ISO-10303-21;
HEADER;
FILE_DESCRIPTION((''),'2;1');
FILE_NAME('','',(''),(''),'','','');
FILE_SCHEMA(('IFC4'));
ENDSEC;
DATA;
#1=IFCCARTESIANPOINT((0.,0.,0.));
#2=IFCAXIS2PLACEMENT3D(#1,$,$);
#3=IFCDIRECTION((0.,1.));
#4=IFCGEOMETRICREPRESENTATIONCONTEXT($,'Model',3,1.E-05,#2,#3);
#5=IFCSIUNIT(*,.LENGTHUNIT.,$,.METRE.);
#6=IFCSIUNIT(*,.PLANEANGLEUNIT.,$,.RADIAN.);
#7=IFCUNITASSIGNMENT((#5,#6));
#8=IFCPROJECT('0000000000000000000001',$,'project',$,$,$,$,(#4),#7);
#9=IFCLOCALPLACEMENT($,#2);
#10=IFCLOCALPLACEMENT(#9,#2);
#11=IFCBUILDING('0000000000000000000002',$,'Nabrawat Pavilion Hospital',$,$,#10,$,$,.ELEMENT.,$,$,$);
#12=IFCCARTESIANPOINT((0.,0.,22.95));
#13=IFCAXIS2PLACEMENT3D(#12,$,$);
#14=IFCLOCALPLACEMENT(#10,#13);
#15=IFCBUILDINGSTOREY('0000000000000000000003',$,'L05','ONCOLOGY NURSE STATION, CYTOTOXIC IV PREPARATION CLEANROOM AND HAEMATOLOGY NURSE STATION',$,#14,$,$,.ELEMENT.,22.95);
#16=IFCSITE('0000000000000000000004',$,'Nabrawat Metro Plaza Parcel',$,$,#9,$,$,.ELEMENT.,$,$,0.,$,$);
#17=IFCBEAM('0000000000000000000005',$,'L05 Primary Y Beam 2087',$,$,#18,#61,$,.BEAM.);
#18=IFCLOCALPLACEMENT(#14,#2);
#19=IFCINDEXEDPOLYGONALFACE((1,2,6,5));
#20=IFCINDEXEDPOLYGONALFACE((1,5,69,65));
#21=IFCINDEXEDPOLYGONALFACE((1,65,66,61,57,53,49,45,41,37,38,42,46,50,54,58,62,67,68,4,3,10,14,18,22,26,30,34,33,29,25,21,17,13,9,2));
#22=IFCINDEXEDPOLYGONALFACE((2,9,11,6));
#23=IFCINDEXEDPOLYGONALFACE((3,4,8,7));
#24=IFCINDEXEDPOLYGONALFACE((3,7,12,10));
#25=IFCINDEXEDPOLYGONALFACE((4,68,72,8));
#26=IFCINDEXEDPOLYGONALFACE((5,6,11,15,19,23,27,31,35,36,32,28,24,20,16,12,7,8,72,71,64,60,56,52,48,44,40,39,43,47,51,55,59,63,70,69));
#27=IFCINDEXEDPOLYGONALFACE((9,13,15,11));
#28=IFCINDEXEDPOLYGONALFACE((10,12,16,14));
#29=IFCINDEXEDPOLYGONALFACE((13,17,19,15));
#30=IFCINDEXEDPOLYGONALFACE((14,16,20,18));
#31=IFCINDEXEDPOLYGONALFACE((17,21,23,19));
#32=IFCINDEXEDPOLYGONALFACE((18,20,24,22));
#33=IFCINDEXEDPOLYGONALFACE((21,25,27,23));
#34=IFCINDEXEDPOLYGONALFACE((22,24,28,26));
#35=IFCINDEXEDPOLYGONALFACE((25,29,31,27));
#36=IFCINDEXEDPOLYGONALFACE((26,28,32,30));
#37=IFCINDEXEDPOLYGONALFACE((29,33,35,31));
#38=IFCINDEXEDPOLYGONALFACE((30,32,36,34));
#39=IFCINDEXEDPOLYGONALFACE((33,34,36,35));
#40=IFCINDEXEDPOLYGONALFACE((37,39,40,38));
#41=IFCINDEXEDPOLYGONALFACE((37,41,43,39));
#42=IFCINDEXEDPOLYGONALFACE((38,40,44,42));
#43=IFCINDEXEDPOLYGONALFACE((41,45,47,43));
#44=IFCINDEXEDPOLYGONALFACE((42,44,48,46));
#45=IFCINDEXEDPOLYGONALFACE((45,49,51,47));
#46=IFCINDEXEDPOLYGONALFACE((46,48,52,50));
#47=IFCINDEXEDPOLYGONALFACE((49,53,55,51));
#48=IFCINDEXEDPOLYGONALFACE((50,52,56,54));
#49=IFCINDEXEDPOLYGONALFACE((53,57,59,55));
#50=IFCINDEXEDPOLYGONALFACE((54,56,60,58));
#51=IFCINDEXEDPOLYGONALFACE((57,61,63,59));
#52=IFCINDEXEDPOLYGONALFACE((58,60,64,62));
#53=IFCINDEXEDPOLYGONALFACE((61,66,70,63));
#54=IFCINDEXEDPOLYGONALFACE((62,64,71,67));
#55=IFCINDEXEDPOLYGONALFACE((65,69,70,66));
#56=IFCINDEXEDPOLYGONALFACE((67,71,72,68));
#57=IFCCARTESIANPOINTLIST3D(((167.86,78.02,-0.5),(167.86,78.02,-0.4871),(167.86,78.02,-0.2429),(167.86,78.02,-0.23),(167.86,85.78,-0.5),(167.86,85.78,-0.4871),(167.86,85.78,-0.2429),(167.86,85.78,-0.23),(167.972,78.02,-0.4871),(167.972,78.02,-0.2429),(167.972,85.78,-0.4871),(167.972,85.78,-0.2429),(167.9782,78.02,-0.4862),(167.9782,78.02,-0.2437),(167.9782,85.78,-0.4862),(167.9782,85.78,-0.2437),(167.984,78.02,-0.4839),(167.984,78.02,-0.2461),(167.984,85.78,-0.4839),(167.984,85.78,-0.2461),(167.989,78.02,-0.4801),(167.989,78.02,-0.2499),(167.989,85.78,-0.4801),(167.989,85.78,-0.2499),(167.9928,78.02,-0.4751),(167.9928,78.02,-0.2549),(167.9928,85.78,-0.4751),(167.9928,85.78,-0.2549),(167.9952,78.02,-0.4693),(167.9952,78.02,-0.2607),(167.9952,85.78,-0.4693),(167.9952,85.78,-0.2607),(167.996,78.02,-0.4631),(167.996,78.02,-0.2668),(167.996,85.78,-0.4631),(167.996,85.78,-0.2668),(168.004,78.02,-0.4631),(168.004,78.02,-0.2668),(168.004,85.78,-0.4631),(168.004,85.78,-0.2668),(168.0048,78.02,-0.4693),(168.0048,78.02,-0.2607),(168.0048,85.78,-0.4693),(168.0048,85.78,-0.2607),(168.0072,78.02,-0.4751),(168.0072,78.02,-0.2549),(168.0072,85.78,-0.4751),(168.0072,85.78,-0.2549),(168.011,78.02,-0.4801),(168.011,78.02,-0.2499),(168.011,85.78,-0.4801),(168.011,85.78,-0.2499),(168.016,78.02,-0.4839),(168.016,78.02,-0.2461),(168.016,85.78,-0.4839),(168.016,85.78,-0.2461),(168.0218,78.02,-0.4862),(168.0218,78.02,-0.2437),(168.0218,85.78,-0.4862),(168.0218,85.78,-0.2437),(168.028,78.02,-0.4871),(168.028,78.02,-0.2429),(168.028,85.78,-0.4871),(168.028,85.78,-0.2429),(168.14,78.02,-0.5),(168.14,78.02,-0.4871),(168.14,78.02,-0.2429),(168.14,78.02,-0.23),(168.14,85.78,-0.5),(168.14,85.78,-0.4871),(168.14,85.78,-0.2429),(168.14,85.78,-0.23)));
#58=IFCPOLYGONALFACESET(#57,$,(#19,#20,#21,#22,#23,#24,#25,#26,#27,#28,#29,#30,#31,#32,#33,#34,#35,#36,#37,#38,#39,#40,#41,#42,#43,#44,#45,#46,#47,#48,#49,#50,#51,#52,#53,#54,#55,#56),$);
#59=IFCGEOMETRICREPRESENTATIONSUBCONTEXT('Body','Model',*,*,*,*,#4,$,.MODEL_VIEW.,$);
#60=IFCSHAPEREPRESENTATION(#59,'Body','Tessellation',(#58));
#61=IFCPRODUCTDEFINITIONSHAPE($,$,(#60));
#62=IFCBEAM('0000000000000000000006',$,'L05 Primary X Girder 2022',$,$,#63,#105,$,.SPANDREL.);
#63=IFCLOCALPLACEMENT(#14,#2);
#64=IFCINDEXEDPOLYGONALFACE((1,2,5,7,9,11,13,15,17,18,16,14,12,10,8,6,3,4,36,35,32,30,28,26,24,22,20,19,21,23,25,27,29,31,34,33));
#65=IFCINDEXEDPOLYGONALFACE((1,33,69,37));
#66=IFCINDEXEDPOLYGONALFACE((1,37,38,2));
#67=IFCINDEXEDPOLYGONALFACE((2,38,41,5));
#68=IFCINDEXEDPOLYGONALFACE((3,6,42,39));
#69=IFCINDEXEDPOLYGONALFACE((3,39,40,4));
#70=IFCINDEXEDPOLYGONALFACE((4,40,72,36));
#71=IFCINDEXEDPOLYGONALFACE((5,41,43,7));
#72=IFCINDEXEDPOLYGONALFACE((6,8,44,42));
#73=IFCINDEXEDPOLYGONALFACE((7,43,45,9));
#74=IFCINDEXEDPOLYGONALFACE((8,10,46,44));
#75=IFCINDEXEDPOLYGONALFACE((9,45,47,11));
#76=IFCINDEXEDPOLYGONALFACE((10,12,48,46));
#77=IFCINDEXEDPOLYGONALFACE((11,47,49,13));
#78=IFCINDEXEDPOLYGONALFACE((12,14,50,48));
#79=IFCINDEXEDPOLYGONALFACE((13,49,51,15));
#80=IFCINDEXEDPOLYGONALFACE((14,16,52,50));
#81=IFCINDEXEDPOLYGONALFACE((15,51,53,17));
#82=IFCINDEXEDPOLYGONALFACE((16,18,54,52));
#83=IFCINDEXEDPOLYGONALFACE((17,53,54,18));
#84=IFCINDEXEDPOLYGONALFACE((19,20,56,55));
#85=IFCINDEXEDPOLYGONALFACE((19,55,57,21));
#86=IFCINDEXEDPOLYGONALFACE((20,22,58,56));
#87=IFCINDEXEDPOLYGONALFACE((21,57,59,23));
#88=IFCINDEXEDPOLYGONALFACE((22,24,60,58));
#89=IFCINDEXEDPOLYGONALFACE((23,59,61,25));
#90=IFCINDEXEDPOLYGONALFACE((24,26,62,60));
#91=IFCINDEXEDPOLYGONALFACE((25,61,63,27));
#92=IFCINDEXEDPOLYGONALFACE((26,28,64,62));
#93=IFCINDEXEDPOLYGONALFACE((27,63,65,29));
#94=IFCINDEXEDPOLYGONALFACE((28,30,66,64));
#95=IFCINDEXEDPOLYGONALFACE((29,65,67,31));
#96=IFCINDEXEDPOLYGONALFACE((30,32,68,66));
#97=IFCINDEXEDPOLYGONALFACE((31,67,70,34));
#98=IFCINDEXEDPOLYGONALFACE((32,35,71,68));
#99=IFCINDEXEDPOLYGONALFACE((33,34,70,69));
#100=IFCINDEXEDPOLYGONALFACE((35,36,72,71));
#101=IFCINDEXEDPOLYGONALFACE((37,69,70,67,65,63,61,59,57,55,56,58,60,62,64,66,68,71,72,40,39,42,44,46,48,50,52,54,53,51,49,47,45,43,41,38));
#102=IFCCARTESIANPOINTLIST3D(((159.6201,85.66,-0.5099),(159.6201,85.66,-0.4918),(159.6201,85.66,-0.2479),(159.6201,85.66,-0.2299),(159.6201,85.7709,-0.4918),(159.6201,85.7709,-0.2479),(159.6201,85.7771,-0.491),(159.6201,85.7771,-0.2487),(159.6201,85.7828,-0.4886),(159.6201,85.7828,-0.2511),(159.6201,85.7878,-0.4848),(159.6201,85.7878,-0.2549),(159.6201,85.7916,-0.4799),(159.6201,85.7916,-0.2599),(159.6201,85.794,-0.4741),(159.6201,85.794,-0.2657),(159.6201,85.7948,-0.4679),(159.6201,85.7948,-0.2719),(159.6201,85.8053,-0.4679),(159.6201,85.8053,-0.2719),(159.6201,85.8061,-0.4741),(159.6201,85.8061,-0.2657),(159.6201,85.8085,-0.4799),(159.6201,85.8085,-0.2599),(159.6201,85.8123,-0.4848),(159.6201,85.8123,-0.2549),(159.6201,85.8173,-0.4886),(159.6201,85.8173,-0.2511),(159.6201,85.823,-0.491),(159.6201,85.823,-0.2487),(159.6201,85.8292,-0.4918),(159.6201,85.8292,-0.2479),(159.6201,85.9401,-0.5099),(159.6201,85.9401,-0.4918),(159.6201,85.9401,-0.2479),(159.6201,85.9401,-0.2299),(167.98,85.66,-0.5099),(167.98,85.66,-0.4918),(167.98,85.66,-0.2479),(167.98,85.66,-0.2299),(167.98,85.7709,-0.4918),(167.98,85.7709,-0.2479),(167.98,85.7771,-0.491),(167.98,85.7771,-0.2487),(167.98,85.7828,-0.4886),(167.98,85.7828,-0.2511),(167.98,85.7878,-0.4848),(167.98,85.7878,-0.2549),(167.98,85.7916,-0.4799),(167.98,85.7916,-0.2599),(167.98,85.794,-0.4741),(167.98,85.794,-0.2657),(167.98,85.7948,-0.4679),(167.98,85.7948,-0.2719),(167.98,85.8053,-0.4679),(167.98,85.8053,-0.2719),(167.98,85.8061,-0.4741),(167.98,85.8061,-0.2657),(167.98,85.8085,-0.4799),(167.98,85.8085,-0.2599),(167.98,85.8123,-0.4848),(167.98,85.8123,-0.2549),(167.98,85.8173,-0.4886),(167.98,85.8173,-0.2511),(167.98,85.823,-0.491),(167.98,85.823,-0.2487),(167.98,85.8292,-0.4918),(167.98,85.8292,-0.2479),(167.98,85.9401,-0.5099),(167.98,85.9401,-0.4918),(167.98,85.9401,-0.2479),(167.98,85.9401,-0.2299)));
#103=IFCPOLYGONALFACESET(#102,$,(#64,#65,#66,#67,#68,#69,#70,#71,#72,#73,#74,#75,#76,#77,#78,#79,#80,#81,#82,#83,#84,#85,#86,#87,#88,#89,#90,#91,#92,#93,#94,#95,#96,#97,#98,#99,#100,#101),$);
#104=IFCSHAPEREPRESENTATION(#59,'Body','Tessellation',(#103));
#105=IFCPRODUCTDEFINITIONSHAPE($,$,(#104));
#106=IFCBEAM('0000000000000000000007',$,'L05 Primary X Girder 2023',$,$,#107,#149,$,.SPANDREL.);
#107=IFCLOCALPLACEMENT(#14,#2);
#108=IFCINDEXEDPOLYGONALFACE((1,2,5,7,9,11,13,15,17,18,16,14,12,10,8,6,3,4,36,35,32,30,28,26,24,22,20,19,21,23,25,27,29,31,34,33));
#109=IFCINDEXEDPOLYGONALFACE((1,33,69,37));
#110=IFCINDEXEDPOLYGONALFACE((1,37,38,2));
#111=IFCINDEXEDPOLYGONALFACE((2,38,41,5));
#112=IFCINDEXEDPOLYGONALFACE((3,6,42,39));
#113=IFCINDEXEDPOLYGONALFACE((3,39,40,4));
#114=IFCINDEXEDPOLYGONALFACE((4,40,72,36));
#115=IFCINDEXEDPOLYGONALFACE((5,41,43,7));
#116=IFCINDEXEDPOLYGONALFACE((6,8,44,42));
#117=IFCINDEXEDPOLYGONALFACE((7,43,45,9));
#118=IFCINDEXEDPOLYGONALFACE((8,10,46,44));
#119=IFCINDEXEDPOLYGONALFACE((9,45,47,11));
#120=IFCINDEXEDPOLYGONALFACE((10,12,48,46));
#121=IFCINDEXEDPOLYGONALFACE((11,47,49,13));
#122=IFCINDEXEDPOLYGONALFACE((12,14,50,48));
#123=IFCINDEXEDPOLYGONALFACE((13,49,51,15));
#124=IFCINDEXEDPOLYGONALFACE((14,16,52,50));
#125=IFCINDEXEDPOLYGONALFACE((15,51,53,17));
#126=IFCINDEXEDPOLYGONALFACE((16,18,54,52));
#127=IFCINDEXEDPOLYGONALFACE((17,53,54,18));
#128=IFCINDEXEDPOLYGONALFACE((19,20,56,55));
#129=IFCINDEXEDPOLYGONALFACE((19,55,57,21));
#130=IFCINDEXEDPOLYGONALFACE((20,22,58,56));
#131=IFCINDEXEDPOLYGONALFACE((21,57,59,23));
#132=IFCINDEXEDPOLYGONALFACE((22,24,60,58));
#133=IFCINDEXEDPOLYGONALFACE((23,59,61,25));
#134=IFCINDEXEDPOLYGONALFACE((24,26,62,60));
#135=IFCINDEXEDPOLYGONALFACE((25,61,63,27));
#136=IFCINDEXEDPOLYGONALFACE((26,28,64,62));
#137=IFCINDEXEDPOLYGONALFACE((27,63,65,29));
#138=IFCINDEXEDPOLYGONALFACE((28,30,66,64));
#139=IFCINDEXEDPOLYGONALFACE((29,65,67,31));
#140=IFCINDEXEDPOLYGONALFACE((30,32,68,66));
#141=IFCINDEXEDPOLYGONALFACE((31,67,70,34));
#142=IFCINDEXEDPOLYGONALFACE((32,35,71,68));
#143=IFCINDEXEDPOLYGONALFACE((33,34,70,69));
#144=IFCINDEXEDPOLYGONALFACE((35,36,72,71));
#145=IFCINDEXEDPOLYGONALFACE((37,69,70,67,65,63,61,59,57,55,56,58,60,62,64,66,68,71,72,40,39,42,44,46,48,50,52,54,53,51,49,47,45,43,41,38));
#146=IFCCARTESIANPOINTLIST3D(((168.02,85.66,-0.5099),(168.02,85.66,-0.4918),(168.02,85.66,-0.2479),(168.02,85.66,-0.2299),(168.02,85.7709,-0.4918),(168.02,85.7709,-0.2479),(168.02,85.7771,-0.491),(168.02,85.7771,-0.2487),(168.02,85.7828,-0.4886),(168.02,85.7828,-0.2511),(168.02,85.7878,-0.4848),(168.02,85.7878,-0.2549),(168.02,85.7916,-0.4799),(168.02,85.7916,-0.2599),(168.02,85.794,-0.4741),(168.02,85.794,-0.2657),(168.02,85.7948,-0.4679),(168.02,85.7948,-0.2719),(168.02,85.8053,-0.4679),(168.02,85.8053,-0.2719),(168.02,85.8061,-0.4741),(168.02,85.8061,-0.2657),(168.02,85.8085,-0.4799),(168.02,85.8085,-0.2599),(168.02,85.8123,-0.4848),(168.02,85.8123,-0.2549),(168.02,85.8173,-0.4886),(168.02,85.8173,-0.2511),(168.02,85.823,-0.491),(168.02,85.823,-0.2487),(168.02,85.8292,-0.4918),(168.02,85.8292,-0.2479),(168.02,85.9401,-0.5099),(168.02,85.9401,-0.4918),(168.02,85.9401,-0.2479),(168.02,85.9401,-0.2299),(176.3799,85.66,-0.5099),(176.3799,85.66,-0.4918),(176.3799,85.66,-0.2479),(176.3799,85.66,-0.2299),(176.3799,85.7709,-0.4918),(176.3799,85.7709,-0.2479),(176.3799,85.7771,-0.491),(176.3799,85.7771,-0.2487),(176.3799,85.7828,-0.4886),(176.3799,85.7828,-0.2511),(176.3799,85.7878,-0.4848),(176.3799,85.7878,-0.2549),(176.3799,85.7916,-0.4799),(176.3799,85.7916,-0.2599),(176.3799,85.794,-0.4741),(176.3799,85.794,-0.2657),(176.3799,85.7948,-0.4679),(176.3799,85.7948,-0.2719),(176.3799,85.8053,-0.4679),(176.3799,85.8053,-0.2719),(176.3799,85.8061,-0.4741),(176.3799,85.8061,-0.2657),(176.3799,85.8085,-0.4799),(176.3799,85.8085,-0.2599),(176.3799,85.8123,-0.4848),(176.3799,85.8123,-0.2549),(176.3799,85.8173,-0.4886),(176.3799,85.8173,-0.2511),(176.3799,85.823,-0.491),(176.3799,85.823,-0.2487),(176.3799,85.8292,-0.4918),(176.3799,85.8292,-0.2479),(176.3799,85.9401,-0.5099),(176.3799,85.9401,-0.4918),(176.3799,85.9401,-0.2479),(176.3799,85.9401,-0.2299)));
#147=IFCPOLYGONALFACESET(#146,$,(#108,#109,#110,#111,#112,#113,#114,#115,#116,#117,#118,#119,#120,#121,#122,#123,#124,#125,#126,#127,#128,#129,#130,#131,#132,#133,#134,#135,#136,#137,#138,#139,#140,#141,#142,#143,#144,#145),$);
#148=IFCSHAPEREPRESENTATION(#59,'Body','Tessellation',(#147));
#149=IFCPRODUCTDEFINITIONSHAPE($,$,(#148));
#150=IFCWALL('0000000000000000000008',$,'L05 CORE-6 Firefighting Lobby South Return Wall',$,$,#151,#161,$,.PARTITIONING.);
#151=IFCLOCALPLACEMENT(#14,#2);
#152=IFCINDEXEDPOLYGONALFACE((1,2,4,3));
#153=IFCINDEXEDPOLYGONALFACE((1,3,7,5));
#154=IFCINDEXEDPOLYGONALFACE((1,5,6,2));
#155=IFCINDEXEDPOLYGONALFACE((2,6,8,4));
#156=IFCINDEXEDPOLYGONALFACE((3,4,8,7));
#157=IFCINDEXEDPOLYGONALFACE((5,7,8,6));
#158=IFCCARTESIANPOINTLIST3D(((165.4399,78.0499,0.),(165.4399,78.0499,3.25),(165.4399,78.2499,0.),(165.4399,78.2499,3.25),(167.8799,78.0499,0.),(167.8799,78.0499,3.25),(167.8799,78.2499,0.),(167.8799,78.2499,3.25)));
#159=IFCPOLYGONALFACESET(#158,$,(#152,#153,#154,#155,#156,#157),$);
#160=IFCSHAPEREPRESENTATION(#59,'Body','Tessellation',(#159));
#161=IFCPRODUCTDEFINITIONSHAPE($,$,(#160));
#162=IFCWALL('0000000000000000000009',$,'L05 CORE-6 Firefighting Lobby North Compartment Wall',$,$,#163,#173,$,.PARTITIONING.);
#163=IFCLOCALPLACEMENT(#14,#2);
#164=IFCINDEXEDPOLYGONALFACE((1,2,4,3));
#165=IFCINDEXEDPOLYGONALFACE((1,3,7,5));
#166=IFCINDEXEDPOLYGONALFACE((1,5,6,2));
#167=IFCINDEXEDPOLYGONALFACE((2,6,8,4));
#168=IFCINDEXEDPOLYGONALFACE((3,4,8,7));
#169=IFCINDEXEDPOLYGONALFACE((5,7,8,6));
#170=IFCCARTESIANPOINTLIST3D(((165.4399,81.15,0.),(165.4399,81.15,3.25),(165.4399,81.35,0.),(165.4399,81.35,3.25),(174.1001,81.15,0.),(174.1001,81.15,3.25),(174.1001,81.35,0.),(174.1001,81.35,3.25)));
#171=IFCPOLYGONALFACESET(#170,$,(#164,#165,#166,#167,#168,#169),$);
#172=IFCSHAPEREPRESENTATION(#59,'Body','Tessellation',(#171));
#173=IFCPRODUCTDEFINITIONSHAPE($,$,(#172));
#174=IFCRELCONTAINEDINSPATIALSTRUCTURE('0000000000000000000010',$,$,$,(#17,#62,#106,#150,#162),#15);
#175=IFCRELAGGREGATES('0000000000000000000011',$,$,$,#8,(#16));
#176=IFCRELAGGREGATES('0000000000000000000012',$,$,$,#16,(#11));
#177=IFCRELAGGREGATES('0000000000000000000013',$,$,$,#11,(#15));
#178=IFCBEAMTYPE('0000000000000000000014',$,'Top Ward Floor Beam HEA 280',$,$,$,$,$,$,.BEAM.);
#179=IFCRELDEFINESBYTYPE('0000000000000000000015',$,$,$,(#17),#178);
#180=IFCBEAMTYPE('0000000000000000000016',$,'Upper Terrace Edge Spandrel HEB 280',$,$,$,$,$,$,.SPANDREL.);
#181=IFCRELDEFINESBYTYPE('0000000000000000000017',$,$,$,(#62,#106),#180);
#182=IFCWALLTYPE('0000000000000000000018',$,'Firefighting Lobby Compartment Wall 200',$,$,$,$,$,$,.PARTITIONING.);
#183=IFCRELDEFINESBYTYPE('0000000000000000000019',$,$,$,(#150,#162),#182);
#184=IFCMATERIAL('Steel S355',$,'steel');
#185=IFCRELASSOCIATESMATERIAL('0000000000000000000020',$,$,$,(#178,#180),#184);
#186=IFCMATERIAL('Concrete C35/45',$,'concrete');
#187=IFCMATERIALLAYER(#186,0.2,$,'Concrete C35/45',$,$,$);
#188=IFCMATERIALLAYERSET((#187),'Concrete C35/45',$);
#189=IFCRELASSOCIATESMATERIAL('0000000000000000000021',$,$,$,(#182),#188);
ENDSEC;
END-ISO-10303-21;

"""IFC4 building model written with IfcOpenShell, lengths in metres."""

from ifc_helpers import new_model, si_unit, direction, frame, frame_2d, origin, origin_2d, place, context, subcontext, project, spatial, rectangle, i_section, extrude, material, layer, layer_set, material_profile, profile_set, type_object, element, save


model = new_model("IFC4")

# Units and contexts
model_context = context("Model", 3, precision=1e-05, world=origin(), true_north=direction((0.0, 1.0)))
body_context = subcontext(model_context, "Body", "Model", "MODEL_VIEW")
ifc_project = project(units=[si_unit("LENGTHUNIT", "METRE"), si_unit("PLANEANGLEUNIT", "RADIAN")], contexts=[model_context])

# Site, building, storey
site_placement = place(None, origin())
site = spatial("IfcSite", under=ifc_project, at=site_placement, Name="Nabrawat Metro Plaza Parcel", CompositionType="ELEMENT", RefElevation=0.0)
building_placement = place(site_placement, origin())
building = spatial("IfcBuilding", under=site, at=building_placement, Name="Nabrawat Pavilion Hospital", CompositionType="ELEMENT")
storey_placement = place(building_placement, frame((0.0, 0.0, 22.95)))
storey = spatial("IfcBuildingStorey", under=building, at=storey_placement, Name="L05", Description="ONCOLOGY NURSE STATION, CYTOTOXIC IV PREPARATION CLEANROOM AND HAEMATOLOGY NURSE STATION", CompositionType="ELEMENT", Elevation=22.95)

# Shared definitions
ifc_material_1 = material(Name="Steel S355", Category="steel")

# Beams
ifc_material_profile_1 = material_profile(ifc_material_1, i_section(OverallWidth=0.28, OverallDepth=0.27, WebThickness=0.0081, FlangeThickness=0.0129, FilletRadius=0.0239, at=origin_2d()), Name="HEA 280")
ifc_profile_set_1 = profile_set([ifc_material_profile_1], Name="Steel S355")
beam_type_1 = type_object("IfcBeamType", Name="Top Ward Floor Beam HEA 280", PredefinedType="BEAM", material=ifc_profile_set_1)
beam_placement = place(storey_placement, frame((168.0, 78.02, -0.365), z_axis=(0.0, 1.0, 0.0), x_axis=(-1.0, 0.0, 0.0)))
element("IfcBeam", 1, at=beam_placement, inside=storey, type_object=beam_type_1, Name="L05 Primary Y Beam 2087", PredefinedType="BEAM", context=body_context, shape_type="SweptSolid", body=[
    extrude(i_section(OverallWidth=0.28, OverallDepth=0.27, WebThickness=0.0081, FlangeThickness=0.0129, FilletRadius=0.0239, at=origin_2d()), origin(), (0.0, 0.0, 1.0), 7.76),
])
ifc_material_profile_2 = material_profile(ifc_material_1, i_section(OverallWidth=0.28, OverallDepth=0.28, WebThickness=0.0105, FlangeThickness=0.0181, FilletRadius=0.0239, at=origin_2d()), Name="HEB 280")
ifc_profile_set_2 = profile_set([ifc_material_profile_2], Name="Steel S355")
beam_type_2 = type_object("IfcBeamType", Name="Upper Terrace Edge Spandrel HEB 280", PredefinedType="SPANDREL", material=ifc_profile_set_2)
for number, where, z_axis, x_axis, name in (
    (2, (159.6201, 85.8, -0.3699), (1.0, 0.0, 0.0), (0.0, 1.0, 0.0), "L05 Primary X Girder 2022"),
    (3, (168.02, 85.8, -0.3699), (1.0, 0.0, 0.0), (0.0, 1.0, 0.0), "L05 Primary X Girder 2023"),
):
    element("IfcBeam", number, at=place(storey_placement, frame(where, z_axis=z_axis, x_axis=x_axis)), inside=storey, type_object=beam_type_2, Name=name, PredefinedType="SPANDREL", context=body_context, shape_type="SweptSolid", body=[
        extrude(i_section(OverallWidth=0.28, OverallDepth=0.28, WebThickness=0.0105, FlangeThickness=0.0181, FilletRadius=0.0239, at=origin_2d()), origin(), (0.0, 0.0, 1.0), 8.3599),
    ])

# Walls
ifc_material_2 = material(Name="Concrete C35/45", Category="concrete")
ifc_layer_1 = layer(ifc_material_2, 0.2, Name="Concrete C35/45")
ifc_layer_set_1 = layer_set([ifc_layer_1], Name="Concrete C35/45")
wall_type_1 = type_object("IfcWallType", Name="Firefighting Lobby Compartment Wall 200", PredefinedType="PARTITIONING", material=ifc_layer_set_1)
wall_1_placement = place(storey_placement, frame((165.4399, 78.1499, 0.0), z_axis=(0.0, 0.0, 1.0), x_axis=(1.0, 0.0, 0.0)))
element("IfcWall", 4, at=wall_1_placement, inside=storey, type_object=wall_type_1, Name="L05 CORE-6 Firefighting Lobby South Return Wall", PredefinedType="PARTITIONING", context=body_context, shape_type="SweptSolid", body=[
    extrude(rectangle(XDim=2.4399, YDim=0.2, at=frame_2d((1.22, 0.0))), origin(), (0.0, 0.0, 1.0), 3.25),
])
wall_2_placement = place(storey_placement, frame((165.4399, 81.25, 0.0), z_axis=(0.0, 0.0, 1.0), x_axis=(1.0, 0.0, 0.0)))
element("IfcWall", 5, at=wall_2_placement, inside=storey, type_object=wall_type_1, Name="L05 CORE-6 Firefighting Lobby North Compartment Wall", PredefinedType="PARTITIONING", context=body_context, shape_type="SweptSolid", body=[
    extrude(rectangle(XDim=8.6602, YDim=0.2, at=frame_2d((4.3301, 0.0))), origin(), (0.0, 0.0, 1.0), 3.25),
])

save(model, "model.ifc")
